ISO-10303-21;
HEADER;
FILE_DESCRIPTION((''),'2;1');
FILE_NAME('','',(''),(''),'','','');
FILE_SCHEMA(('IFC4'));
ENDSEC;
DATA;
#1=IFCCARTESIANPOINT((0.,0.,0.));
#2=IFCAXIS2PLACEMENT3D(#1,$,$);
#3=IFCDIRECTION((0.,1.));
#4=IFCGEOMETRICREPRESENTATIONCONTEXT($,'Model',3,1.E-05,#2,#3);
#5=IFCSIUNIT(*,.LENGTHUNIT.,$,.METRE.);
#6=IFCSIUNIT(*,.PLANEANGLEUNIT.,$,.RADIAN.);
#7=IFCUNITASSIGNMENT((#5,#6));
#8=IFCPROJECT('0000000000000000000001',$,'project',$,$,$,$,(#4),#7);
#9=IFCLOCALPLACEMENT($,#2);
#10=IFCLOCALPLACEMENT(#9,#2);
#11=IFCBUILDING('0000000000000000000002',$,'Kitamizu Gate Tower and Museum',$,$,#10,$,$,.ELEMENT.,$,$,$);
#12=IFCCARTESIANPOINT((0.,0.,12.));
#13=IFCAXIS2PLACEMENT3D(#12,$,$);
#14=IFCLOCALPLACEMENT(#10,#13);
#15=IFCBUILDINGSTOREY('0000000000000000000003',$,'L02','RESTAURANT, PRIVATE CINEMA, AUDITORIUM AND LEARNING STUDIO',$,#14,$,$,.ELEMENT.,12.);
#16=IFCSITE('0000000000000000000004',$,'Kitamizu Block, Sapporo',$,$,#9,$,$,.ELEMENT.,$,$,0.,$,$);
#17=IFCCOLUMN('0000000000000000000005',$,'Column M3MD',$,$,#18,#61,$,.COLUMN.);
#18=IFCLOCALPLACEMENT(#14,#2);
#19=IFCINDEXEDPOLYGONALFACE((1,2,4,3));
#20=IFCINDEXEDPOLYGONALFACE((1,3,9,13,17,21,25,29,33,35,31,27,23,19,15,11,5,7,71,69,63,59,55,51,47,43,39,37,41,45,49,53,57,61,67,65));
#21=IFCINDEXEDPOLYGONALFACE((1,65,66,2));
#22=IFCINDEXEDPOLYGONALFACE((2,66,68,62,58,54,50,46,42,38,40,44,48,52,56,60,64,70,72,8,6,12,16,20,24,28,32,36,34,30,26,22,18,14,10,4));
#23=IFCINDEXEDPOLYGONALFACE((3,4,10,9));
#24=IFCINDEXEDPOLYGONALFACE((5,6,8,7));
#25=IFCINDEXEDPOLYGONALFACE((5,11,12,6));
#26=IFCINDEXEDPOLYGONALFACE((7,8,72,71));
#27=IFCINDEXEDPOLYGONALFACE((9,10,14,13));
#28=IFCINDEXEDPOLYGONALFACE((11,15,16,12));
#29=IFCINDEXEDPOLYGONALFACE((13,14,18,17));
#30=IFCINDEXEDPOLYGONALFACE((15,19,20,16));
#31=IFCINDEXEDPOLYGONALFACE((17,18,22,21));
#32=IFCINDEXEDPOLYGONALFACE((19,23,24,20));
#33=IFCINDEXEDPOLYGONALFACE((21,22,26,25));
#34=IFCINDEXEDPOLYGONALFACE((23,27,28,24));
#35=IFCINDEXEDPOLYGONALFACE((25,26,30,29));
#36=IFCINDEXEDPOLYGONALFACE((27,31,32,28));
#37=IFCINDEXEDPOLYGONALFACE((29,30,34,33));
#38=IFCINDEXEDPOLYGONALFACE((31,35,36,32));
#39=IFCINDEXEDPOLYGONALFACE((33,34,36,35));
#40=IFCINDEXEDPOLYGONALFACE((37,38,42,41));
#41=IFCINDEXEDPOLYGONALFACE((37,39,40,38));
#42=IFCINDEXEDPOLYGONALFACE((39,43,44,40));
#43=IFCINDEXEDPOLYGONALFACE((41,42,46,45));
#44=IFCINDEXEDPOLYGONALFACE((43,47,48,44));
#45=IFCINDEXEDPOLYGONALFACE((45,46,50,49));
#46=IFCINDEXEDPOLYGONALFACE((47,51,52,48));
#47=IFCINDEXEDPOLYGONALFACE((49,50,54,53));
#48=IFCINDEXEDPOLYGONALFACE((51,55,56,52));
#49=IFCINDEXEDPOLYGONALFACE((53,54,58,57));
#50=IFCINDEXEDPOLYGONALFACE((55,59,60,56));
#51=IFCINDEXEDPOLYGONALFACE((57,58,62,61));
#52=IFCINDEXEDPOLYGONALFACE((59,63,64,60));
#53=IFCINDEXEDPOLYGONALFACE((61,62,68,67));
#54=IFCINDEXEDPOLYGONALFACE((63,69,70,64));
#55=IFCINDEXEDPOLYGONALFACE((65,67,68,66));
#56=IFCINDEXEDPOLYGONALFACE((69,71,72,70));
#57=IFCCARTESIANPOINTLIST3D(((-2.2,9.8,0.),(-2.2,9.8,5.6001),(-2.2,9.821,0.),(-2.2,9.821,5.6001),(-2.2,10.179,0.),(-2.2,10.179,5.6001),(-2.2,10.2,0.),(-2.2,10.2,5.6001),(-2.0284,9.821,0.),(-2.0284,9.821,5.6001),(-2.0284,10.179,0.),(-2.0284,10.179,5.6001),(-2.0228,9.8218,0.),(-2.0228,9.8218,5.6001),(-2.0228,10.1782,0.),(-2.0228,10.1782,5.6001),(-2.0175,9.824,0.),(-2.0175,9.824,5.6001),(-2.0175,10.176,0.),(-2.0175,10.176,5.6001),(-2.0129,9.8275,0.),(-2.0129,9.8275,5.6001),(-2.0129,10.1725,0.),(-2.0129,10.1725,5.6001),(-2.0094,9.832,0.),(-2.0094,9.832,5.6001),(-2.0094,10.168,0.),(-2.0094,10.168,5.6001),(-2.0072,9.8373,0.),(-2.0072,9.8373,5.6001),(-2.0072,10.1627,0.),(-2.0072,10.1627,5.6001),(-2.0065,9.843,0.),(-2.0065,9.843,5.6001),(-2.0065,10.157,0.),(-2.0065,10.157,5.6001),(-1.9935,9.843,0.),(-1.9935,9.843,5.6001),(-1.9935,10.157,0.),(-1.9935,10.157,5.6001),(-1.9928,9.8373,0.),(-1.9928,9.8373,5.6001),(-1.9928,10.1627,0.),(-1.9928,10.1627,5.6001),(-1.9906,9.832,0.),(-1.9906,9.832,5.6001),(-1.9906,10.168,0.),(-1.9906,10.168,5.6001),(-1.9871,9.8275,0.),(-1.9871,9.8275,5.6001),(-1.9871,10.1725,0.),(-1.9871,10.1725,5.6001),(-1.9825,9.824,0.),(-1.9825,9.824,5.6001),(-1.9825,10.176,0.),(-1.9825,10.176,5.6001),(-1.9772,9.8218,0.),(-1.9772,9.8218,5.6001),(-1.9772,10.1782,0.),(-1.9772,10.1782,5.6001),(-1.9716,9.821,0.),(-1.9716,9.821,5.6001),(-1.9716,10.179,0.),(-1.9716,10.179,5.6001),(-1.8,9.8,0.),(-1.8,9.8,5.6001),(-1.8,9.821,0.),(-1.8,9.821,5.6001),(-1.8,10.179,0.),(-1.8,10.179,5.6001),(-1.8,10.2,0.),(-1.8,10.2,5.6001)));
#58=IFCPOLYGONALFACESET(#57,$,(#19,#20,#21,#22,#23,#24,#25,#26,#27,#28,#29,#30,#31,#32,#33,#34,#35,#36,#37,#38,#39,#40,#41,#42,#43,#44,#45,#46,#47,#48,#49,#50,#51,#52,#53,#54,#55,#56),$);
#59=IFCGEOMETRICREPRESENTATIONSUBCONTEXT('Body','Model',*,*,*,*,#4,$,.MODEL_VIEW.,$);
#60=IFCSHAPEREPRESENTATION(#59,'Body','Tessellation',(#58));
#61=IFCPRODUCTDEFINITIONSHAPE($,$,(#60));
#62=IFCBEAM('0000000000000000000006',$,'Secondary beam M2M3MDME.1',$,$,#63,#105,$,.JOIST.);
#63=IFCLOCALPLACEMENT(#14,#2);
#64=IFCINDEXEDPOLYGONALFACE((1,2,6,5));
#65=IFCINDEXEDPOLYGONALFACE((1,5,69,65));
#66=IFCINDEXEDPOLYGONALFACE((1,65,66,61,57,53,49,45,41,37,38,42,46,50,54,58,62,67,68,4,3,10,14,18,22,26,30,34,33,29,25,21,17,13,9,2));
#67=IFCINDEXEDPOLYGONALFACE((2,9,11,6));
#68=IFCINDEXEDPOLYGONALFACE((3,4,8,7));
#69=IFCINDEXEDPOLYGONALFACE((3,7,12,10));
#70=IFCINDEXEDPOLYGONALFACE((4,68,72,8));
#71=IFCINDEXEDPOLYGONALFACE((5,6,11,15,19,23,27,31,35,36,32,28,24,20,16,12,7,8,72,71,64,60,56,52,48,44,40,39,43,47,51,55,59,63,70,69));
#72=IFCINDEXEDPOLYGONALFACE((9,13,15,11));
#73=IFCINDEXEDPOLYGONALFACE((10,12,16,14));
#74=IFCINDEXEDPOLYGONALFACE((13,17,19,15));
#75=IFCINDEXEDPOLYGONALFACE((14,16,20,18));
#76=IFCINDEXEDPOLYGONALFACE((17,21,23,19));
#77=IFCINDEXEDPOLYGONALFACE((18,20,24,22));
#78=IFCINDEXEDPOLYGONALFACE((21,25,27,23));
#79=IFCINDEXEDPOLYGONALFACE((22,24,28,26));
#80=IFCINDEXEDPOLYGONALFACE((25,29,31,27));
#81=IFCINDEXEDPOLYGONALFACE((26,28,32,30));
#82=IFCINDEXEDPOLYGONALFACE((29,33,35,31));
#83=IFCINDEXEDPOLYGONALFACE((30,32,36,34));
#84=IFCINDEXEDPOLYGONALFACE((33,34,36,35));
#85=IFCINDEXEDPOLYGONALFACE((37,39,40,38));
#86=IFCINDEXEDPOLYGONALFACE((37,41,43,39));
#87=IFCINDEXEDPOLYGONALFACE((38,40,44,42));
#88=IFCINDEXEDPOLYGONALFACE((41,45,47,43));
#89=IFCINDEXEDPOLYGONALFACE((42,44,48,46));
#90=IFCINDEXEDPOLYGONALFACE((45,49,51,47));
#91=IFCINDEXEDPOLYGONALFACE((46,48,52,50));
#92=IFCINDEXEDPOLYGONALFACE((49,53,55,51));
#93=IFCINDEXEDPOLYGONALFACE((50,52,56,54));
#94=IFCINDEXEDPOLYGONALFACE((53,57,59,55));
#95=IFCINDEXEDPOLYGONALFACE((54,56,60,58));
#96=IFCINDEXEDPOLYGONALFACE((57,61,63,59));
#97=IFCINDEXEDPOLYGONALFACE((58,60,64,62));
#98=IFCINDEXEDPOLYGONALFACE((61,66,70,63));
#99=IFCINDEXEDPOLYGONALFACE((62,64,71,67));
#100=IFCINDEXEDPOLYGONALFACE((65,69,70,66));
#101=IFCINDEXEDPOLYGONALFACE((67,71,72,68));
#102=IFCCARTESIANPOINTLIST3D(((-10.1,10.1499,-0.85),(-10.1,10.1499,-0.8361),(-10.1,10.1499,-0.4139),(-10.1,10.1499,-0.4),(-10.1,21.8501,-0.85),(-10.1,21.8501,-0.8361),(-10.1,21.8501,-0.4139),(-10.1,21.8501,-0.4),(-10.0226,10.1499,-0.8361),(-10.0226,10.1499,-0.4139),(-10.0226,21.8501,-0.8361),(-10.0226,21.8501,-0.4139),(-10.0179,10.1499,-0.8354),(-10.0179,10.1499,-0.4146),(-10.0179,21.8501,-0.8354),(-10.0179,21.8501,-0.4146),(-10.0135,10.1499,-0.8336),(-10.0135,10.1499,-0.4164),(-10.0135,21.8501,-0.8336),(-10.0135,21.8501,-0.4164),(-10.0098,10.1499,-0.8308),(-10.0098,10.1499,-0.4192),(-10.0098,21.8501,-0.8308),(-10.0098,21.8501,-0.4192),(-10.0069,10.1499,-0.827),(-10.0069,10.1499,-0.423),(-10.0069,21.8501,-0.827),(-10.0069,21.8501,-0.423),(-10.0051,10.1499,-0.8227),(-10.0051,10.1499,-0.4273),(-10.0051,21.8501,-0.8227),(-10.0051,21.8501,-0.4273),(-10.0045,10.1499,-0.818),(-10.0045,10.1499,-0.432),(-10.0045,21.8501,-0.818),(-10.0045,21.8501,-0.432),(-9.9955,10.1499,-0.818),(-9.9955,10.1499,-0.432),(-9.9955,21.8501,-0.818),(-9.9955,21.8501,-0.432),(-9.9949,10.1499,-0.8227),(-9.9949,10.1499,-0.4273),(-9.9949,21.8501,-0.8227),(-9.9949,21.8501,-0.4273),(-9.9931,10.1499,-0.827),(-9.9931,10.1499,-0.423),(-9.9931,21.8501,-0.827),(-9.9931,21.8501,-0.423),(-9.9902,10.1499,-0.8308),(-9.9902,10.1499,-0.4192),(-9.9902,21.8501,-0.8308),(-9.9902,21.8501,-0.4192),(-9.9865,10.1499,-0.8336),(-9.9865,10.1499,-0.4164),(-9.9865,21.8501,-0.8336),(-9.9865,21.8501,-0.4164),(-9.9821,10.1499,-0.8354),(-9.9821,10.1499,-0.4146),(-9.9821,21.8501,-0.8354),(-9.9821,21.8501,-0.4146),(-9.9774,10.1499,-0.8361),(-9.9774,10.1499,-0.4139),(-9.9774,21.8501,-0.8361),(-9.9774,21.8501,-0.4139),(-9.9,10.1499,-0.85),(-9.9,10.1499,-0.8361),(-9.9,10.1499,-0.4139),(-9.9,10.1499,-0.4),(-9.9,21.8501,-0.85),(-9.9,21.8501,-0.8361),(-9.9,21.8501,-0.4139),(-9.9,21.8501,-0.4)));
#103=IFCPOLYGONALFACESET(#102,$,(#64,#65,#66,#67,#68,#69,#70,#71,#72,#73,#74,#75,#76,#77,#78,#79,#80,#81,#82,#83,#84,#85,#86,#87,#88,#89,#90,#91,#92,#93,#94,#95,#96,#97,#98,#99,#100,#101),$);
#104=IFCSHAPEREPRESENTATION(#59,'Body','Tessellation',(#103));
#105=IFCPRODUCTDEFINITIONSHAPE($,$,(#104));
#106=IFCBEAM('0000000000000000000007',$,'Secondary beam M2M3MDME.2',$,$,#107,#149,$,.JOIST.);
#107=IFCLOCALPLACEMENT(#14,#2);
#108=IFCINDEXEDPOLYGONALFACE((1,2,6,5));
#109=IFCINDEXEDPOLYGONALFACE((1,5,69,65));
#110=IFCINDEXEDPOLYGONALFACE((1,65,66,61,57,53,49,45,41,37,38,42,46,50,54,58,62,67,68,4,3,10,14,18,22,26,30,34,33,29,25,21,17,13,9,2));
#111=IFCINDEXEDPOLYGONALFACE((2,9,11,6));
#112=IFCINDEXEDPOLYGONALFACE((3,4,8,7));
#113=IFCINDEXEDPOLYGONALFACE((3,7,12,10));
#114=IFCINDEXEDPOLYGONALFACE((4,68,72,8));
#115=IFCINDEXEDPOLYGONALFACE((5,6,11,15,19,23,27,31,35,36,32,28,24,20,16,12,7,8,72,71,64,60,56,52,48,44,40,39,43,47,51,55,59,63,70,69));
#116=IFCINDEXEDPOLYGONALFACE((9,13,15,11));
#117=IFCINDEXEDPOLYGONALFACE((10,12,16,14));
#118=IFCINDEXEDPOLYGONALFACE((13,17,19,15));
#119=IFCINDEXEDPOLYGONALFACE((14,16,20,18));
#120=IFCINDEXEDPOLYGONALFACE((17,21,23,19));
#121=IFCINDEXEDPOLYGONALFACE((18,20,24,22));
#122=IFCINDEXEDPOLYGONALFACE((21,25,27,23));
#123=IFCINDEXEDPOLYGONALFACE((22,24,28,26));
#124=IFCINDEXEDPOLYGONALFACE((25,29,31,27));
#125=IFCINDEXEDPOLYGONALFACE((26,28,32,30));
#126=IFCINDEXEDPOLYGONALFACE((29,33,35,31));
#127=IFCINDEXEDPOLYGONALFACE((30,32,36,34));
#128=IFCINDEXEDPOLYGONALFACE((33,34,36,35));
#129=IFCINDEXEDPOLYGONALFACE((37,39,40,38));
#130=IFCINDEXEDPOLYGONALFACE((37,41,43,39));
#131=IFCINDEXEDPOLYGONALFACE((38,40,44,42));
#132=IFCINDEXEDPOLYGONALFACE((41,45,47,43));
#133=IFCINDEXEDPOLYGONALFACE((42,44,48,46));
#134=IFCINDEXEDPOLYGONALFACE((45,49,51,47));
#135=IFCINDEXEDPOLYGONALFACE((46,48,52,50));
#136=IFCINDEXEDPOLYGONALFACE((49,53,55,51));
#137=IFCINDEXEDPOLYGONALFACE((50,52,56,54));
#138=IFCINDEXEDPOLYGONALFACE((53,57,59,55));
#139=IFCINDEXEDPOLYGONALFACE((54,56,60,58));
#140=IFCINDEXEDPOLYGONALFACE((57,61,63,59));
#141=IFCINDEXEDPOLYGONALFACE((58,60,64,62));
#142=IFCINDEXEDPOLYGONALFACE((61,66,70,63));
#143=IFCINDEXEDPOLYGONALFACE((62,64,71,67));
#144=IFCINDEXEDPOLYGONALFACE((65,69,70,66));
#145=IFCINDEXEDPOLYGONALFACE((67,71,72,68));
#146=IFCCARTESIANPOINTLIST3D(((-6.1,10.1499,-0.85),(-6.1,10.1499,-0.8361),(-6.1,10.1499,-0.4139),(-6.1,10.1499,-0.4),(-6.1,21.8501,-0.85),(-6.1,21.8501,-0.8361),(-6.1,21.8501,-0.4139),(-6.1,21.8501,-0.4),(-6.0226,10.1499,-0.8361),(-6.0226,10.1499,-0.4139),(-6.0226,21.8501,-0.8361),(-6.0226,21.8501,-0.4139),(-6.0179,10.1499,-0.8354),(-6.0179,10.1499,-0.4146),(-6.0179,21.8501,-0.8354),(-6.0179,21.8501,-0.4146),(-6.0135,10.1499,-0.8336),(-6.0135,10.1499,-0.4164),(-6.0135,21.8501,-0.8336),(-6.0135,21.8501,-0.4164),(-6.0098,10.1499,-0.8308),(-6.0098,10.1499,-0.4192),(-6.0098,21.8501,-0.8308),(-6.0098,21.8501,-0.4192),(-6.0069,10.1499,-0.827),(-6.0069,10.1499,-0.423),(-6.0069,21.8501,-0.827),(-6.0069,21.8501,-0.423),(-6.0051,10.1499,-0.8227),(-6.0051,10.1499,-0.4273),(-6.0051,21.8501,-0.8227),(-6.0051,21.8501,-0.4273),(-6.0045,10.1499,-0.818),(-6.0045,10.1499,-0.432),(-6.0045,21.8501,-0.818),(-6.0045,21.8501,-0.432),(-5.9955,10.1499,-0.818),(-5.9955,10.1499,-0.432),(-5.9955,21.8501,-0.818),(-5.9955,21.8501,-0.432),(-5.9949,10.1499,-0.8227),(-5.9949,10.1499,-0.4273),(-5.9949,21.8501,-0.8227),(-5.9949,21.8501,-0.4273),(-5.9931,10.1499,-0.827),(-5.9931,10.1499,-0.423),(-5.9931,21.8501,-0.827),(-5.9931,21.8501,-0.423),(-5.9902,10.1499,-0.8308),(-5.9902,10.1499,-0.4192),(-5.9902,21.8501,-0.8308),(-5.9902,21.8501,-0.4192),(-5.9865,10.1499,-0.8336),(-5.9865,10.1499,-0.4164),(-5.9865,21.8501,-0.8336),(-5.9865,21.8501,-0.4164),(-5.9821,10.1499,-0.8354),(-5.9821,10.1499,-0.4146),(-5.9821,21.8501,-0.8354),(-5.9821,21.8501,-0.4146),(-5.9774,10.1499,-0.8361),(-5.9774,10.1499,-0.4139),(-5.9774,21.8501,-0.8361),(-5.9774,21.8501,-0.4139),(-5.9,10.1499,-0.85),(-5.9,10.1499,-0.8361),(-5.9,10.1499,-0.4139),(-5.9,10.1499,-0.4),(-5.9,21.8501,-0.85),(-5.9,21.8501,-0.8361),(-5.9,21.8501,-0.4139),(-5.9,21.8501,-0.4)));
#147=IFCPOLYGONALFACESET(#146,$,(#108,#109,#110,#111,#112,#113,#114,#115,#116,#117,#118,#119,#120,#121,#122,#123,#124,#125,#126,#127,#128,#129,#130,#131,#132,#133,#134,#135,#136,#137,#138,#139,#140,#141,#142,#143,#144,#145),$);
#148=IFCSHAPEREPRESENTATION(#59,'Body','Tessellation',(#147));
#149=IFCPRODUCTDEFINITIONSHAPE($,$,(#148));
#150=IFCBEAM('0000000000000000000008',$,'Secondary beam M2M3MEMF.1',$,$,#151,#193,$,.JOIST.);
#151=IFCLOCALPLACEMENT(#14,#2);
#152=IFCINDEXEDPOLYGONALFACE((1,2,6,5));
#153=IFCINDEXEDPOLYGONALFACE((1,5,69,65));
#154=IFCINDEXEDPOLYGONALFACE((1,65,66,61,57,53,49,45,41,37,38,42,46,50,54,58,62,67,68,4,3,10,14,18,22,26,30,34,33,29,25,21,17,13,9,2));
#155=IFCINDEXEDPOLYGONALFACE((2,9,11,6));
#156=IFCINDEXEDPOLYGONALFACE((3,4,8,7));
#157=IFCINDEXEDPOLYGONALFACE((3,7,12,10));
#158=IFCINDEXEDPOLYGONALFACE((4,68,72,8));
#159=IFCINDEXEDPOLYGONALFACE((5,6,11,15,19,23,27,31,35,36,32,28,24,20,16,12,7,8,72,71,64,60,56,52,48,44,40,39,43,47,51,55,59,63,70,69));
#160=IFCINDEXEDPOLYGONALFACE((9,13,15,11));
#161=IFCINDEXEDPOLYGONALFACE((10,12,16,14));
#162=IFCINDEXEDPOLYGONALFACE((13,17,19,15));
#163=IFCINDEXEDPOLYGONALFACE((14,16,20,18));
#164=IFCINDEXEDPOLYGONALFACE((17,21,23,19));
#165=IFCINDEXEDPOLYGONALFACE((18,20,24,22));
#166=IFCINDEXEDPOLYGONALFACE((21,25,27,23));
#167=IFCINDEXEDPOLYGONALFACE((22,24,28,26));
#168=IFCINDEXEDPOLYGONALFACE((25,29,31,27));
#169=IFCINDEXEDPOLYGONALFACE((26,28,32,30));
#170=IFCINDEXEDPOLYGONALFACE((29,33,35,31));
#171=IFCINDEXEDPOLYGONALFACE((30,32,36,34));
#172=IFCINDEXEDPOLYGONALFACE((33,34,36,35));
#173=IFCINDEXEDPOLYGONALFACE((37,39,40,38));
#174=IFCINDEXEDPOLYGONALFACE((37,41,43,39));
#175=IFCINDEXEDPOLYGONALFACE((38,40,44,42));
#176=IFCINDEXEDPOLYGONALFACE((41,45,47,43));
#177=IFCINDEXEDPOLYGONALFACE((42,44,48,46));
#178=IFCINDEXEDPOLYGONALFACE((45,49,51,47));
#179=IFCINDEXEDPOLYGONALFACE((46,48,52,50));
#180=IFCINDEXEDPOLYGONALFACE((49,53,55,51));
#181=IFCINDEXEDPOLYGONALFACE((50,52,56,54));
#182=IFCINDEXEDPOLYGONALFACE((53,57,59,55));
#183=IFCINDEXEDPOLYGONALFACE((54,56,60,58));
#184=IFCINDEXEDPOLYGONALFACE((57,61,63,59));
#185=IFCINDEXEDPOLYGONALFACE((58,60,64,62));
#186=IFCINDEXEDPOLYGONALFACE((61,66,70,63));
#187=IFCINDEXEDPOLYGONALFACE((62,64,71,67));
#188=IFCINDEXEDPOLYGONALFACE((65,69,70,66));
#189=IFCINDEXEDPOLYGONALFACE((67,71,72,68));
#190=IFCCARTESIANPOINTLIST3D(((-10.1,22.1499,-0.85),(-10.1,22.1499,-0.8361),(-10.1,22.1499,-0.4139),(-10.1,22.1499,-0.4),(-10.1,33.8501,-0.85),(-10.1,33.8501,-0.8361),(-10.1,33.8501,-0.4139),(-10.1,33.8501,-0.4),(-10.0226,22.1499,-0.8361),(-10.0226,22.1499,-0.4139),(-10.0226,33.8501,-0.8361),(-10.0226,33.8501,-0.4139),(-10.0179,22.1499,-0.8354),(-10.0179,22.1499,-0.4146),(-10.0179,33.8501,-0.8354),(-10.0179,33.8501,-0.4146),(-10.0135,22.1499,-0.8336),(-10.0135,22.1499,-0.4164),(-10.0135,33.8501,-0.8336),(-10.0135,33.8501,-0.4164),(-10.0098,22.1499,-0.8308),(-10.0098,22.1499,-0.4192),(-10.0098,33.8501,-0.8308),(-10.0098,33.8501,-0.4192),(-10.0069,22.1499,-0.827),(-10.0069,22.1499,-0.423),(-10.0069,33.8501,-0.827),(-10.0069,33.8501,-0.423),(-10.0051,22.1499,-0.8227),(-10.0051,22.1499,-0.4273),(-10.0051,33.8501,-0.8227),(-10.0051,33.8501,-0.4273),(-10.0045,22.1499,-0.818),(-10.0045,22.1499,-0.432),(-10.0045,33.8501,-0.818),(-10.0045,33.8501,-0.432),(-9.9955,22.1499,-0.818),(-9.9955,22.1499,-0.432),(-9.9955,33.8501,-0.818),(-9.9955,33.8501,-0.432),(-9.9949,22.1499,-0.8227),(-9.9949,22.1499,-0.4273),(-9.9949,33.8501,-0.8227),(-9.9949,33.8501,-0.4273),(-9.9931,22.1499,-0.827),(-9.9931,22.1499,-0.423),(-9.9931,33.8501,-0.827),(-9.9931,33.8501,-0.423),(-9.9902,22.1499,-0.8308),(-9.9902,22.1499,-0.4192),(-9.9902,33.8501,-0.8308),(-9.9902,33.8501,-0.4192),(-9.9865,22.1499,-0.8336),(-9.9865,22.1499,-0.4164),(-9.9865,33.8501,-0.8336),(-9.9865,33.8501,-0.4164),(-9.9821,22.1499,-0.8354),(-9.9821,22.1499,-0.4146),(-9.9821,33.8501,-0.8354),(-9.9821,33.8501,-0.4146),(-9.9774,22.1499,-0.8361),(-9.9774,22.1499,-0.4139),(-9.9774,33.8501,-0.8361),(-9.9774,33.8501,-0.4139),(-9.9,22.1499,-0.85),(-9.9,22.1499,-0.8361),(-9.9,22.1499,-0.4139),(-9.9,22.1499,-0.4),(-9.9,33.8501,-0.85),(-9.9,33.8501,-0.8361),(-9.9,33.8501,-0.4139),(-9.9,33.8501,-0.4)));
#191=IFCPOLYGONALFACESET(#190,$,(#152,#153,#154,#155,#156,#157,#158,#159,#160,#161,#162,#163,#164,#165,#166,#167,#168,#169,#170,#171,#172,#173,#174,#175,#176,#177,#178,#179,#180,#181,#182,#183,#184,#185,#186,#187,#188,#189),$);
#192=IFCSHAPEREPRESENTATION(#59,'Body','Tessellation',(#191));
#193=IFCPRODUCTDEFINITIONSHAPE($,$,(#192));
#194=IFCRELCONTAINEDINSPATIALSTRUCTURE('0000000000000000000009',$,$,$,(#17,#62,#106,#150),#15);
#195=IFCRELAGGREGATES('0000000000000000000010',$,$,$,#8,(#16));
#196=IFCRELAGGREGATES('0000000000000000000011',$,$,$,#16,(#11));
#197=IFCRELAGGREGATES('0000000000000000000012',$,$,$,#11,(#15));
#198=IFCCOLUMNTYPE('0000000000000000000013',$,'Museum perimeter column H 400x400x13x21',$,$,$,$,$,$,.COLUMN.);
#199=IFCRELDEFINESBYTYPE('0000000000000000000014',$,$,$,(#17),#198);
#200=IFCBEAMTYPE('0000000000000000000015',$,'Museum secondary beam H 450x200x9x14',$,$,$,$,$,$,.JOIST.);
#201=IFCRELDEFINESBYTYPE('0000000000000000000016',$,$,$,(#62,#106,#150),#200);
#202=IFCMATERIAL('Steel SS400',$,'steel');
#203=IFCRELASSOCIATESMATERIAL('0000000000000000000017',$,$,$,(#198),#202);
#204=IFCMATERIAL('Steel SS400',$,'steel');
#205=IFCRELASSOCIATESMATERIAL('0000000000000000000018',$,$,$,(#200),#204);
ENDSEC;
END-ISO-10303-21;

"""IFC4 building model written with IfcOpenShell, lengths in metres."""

from ifc_helpers import new_model, si_unit, direction, frame, origin, origin_2d, place, context, subcontext, project, spatial, i_section, extrude, material, material_profile, profile_set, type_object, element, save


model = new_model("IFC4")

# Units and contexts
model_context = context("Model", 3, precision=1e-05, world=origin(), true_north=direction((0.0, 1.0)))
body_context = subcontext(model_context, "Body", "Model", "MODEL_VIEW")
ifc_project = project(units=[si_unit("LENGTHUNIT", "METRE"), si_unit("PLANEANGLEUNIT", "RADIAN")], contexts=[model_context])

# Site, building, storey
site_placement = place(None, origin())
site = spatial("IfcSite", under=ifc_project, at=site_placement, Name="Kitamizu Block, Sapporo", CompositionType="ELEMENT", RefElevation=0.0)
building_placement = place(site_placement, origin())
building = spatial("IfcBuilding", under=site, at=building_placement, Name="Kitamizu Gate Tower and Museum", CompositionType="ELEMENT")
storey_placement = place(building_placement, frame((0.0, 0.0, 12.0)))
storey = spatial("IfcBuildingStorey", under=building, at=storey_placement, Name="L02", Description="RESTAURANT, PRIVATE CINEMA, AUDITORIUM AND LEARNING STUDIO", CompositionType="ELEMENT", Elevation=12.0)

# Column
ifc_material_1 = material(Name="Steel SS400", Category="steel")
ifc_material_profile_1 = material_profile(ifc_material_1, i_section(OverallWidth=0.3999, OverallDepth=0.3999, WebThickness=0.0129, FlangeThickness=0.021, FilletRadius=0.022, at=origin_2d()), Name="H-400x400x13x21")
ifc_profile_set_1 = profile_set([ifc_material_profile_1], Name="Steel SS400")
column_type = type_object("IfcColumnType", Name="Museum perimeter column H 400x400x13x21", PredefinedType="COLUMN", material=ifc_profile_set_1)
column_placement = place(storey_placement, frame((-2.0, 10.0, 0.0), z_axis=(0.0, 0.0, 1.0), x_axis=(1.0, 0.0, 0.0)))
element("IfcColumn", 1, at=column_placement, inside=storey, type_object=column_type, Name="Column M3MD", PredefinedType="COLUMN", context=body_context, shape_type="SweptSolid", body=[
    extrude(i_section(OverallWidth=0.3999, OverallDepth=0.3999, WebThickness=0.0129, FlangeThickness=0.021, FilletRadius=0.022, at=origin_2d()), origin(), (0.0, 0.0, 1.0), 5.6001),
])

# Beams
ifc_material_2 = material(Name="Steel SS400", Category="steel")
ifc_material_profile_2 = material_profile(ifc_material_2, i_section(OverallWidth=0.2, OverallDepth=0.45, WebThickness=0.009, FlangeThickness=0.0139, FilletRadius=0.0181, at=origin_2d()), Name="H-450x200x9x14")
ifc_profile_set_2 = profile_set([ifc_material_profile_2], Name="Steel SS400")
beam_type = type_object("IfcBeamType", Name="Museum secondary beam H 450x200x9x14", PredefinedType="JOIST", material=ifc_profile_set_2)
for number, where, z_axis, x_axis, name in (
    (2, (-10.0, 10.1499, -0.625), (0.0, 1.0, 0.0), (-1.0, 0.0, 0.0), "Secondary beam M2M3MDME.1"),
    (3, (-6.0, 10.1499, -0.625), (0.0, 1.0, 0.0), (-1.0, 0.0, 0.0), "Secondary beam M2M3MDME.2"),
    (4, (-10.0, 22.1499, -0.625), (0.0, 1.0, 0.0), (-1.0, 0.0, 0.0), "Secondary beam M2M3MEMF.1"),
):
    element("IfcBeam", number, at=place(storey_placement, frame(where, z_axis=z_axis, x_axis=x_axis)), inside=storey, type_object=beam_type, Name=name, PredefinedType="JOIST", context=body_context, shape_type="SweptSolid", body=[
        extrude(i_section(OverallWidth=0.2, OverallDepth=0.45, WebThickness=0.009, FlangeThickness=0.0139, FilletRadius=0.0181, at=origin_2d()), origin(), (0.0, 0.0, 1.0), 11.7002),
    ])

save(model, "model.ifc")
